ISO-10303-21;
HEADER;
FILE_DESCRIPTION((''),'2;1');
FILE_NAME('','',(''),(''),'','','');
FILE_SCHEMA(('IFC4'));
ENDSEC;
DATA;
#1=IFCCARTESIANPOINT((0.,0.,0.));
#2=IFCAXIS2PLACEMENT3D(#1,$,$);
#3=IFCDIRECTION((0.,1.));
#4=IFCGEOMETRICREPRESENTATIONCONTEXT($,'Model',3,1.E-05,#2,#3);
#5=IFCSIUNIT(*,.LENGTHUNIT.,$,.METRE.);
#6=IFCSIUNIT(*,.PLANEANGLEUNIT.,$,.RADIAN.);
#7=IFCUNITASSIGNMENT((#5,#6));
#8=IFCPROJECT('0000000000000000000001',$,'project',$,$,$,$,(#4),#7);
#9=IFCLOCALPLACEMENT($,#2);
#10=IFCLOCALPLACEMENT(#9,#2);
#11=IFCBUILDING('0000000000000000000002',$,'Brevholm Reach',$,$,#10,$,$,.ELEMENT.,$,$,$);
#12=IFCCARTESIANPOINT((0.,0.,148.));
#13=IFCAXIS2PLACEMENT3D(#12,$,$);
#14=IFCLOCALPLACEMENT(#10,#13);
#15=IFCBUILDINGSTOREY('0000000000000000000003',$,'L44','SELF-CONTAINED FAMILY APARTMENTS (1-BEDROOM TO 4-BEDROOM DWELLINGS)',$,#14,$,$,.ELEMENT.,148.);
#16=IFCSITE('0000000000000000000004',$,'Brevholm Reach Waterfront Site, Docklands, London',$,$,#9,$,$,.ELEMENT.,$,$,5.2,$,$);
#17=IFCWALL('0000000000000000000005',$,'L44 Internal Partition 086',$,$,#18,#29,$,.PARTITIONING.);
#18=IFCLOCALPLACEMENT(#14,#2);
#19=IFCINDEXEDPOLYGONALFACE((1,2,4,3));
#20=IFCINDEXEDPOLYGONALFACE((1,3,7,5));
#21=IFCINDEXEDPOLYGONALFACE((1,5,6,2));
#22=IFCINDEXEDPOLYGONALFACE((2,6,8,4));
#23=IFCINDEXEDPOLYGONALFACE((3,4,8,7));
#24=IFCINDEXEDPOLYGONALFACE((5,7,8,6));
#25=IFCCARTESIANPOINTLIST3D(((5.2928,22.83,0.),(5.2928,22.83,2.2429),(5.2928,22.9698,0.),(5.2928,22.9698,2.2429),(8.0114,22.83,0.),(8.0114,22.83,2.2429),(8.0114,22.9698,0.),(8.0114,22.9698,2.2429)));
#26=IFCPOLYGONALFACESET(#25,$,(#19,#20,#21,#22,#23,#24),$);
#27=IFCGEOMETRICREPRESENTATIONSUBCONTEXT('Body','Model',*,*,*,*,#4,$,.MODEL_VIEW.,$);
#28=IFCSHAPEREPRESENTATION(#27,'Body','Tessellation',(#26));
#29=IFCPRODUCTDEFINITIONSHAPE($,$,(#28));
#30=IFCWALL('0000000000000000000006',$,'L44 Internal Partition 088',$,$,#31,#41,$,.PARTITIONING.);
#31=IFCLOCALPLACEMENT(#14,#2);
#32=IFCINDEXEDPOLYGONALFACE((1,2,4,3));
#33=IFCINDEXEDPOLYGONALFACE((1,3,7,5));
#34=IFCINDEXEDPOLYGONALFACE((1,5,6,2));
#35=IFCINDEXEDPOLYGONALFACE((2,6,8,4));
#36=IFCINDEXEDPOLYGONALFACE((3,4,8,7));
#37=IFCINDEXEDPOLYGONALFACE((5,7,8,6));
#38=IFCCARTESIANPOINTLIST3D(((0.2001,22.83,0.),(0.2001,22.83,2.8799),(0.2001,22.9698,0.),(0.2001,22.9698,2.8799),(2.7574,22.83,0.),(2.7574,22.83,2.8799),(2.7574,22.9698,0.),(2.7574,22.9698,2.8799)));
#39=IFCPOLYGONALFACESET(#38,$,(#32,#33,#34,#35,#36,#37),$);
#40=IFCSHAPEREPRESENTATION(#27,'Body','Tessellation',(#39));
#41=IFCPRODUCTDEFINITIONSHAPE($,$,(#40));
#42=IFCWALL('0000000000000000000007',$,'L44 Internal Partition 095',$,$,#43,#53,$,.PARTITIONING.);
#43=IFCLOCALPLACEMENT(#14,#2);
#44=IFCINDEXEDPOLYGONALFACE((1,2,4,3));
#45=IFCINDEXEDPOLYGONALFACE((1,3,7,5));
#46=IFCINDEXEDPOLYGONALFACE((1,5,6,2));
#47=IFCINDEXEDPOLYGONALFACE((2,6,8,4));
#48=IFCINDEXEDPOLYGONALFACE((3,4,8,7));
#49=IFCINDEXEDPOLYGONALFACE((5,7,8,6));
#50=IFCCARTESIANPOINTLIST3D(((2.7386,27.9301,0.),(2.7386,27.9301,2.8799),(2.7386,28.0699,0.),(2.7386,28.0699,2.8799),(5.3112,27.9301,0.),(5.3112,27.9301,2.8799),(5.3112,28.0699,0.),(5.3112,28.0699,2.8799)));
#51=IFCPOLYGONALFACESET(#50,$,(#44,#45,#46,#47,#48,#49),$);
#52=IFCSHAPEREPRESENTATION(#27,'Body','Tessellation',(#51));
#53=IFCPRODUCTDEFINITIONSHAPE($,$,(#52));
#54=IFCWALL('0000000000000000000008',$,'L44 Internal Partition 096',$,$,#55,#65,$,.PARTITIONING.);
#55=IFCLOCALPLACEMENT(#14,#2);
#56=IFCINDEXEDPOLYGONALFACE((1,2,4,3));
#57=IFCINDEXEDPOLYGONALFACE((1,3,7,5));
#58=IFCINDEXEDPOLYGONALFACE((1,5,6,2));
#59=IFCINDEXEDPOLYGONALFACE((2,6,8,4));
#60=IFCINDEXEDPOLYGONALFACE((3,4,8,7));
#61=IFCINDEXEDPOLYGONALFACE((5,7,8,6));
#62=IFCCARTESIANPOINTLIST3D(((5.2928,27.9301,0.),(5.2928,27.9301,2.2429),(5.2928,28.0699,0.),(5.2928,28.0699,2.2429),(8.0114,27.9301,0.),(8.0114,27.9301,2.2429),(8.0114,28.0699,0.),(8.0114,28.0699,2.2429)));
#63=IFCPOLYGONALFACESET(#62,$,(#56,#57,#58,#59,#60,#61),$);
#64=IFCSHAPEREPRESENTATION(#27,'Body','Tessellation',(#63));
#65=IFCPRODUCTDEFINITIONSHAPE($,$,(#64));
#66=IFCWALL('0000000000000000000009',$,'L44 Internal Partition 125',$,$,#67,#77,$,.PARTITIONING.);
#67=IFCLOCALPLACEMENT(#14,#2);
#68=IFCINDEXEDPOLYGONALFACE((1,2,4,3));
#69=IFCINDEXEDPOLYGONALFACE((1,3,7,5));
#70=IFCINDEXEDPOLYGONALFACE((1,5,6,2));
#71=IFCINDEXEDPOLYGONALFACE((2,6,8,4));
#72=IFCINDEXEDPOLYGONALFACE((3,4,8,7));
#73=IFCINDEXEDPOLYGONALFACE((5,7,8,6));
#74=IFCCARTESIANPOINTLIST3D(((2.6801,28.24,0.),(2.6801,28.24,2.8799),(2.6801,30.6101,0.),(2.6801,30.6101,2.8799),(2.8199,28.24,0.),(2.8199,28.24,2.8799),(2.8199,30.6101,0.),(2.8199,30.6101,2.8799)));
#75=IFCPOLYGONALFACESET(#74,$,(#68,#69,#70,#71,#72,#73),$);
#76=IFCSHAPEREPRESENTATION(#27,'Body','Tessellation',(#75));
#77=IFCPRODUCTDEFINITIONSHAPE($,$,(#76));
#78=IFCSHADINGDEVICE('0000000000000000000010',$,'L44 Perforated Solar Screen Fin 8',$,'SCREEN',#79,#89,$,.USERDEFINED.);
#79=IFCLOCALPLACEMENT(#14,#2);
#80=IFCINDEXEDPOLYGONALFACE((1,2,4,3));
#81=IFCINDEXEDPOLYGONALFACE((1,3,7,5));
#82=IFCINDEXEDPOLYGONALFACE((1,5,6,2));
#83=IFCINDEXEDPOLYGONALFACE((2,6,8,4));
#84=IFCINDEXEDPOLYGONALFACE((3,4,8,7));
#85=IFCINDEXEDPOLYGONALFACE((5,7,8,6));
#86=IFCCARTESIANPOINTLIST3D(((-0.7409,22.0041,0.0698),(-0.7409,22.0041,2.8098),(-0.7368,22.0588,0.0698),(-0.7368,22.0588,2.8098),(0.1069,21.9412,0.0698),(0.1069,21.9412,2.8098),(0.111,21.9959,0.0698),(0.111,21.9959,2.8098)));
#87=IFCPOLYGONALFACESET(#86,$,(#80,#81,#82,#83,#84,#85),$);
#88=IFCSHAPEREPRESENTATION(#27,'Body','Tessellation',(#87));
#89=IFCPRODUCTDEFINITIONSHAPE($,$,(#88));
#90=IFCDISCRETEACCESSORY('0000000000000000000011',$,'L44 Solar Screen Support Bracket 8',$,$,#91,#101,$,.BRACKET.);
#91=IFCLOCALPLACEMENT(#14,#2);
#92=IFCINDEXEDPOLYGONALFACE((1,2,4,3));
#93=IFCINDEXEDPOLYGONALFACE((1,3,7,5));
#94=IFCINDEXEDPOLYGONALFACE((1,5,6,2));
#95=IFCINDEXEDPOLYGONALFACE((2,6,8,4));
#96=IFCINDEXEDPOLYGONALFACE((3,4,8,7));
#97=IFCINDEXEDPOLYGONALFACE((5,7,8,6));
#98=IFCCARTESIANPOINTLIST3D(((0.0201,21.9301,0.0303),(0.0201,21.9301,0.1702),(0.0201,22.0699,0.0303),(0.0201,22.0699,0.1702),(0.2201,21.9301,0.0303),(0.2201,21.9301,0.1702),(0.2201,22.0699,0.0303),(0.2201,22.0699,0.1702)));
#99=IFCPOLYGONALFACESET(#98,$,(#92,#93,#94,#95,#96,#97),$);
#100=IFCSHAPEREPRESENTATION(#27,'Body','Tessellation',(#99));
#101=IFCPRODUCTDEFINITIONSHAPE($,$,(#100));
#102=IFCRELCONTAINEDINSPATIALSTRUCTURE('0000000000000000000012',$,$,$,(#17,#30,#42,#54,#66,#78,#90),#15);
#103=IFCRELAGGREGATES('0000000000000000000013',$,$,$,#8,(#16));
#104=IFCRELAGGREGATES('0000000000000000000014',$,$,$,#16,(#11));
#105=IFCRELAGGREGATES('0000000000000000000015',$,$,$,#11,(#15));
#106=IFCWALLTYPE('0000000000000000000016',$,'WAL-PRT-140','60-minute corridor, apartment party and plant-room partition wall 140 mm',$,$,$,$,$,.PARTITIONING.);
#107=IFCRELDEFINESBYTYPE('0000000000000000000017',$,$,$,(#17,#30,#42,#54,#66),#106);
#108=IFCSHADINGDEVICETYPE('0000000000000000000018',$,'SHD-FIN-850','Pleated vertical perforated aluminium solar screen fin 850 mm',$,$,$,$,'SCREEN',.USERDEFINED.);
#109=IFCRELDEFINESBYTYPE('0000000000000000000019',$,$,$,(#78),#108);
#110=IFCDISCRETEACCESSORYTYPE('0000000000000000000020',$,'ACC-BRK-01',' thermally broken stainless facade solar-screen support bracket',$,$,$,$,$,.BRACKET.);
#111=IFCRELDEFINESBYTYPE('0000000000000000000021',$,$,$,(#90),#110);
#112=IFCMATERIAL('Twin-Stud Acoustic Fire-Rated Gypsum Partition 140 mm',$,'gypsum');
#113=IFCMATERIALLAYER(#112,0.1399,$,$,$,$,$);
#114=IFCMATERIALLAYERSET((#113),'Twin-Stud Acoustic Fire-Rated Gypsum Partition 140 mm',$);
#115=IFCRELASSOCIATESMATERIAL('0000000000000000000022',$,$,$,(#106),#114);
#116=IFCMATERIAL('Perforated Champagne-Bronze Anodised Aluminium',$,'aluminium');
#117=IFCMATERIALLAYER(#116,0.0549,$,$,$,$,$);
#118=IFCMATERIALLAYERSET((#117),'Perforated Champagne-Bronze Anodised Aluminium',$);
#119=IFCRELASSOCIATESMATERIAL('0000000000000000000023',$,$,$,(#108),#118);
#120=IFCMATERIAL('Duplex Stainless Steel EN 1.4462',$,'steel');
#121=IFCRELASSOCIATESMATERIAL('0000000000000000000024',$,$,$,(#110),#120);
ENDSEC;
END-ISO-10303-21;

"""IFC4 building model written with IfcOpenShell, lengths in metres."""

from ifc_helpers import new_model, si_unit, direction, frame, frame_2d, origin, origin_2d, place, context, subcontext, project, spatial, rectangle, extrude, material, layer, layer_set, type_object, element, save


model = new_model("IFC4")

# Units and contexts
model_context = context("Model", 3, precision=1e-05, world=origin(), true_north=direction((0.0, 1.0)))
body_context = subcontext(model_context, "Body", "Model", "MODEL_VIEW")
ifc_project = project(units=[si_unit("LENGTHUNIT", "METRE"), si_unit("PLANEANGLEUNIT", "RADIAN")], contexts=[model_context])

# Site, building, storey
site_placement = place(None, origin())
site = spatial("IfcSite", under=ifc_project, at=site_placement, Name="Brevholm Reach Waterfront Site, Docklands, London", CompositionType="ELEMENT", RefElevation=5.2)
building_placement = place(site_placement, origin())
building = spatial("IfcBuilding", under=site, at=building_placement, Name="Brevholm Reach", CompositionType="ELEMENT")
storey_placement = place(building_placement, frame((0.0, 0.0, 148.0)))
storey = spatial("IfcBuildingStorey", under=building, at=storey_placement, Name="L44", Description="SELF-CONTAINED FAMILY APARTMENTS (1-BEDROOM TO 4-BEDROOM DWELLINGS)", CompositionType="ELEMENT", Elevation=148.0)

# Walls
ifc_material_1 = material(Name="Twin-Stud Acoustic Fire-Rated Gypsum Partition 140 mm", Category="gypsum")
ifc_layer_1 = layer(ifc_material_1, 0.1399)
ifc_layer_set_1 = layer_set([ifc_layer_1], Name="Twin-Stud Acoustic Fire-Rated Gypsum Partition 140 mm")
wall_type_1 = type_object("IfcWallType", Name="WAL-PRT-140", Description="60-minute corridor, apartment party and plant-room partition wall 140 mm", PredefinedType="PARTITIONING", material=ifc_layer_set_1)
wall_1_placement = place(storey_placement, frame((5.2927, 22.8999, 0.0), z_axis=(0.0, 0.0, 1.0), x_axis=(1.0, 0.0, 0.0)))
element("IfcWall", 1, at=wall_1_placement, inside=storey, type_object=wall_type_1, Name="L44 Internal Partition 086", PredefinedType="PARTITIONING", context=body_context, shape_type="SweptSolid", body=[
    extrude(rectangle(XDim=2.7185, YDim=0.1399, at=frame_2d((1.3594, 0.0))), origin(), (0.0, 0.0, 1.0), 2.2429),
])
wall_2_placement = place(storey_placement, frame((0.2, 22.8999, 0.0), z_axis=(0.0, 0.0, 1.0), x_axis=(1.0, 0.0, 0.0)))
element("IfcWall", 2, at=wall_2_placement, inside=storey, type_object=wall_type_1, Name="L44 Internal Partition 088", PredefinedType="PARTITIONING", context=body_context, shape_type="SweptSolid", body=[
    extrude(rectangle(XDim=2.5574, YDim=0.1399, at=frame_2d((1.2788, 0.0))), origin(), (0.0, 0.0, 1.0), 2.8799),
])
wall_3_placement = place(storey_placement, frame((2.7388, 28.0, 0.0), z_axis=(0.0, 0.0, 1.0), x_axis=(1.0, 0.0, 0.0)))
element("IfcWall", 3, at=wall_3_placement, inside=storey, type_object=wall_type_1, Name="L44 Internal Partition 095", PredefinedType="PARTITIONING", context=body_context, shape_type="SweptSolid", body=[
    extrude(rectangle(XDim=2.5725, YDim=0.1399, at=frame_2d((1.2861, 0.0))), origin(), (0.0, 0.0, 1.0), 2.8799),
])
wall_4_placement = place(storey_placement, frame((5.2927, 28.0, 0.0), z_axis=(0.0, 0.0, 1.0), x_axis=(1.0, 0.0, 0.0)))
element("IfcWall", 4, at=wall_4_placement, inside=storey, type_object=wall_type_1, Name="L44 Internal Partition 096", PredefinedType="PARTITIONING", context=body_context, shape_type="SweptSolid", body=[
    extrude(rectangle(XDim=2.7185, YDim=0.1399, at=frame_2d((1.3594, 0.0))), origin(), (0.0, 0.0, 1.0), 2.2429),
])
wall_5_placement = place(storey_placement, frame((2.75, 28.24, 0.0), z_axis=(0.0, 0.0, 1.0), x_axis=(0.0, 1.0, 0.0)))
element("IfcWall", 5, at=wall_5_placement, inside=storey, type_object=wall_type_1, Name="L44 Internal Partition 125", PredefinedType="PARTITIONING", context=body_context, shape_type="SweptSolid", body=[
    extrude(rectangle(XDim=2.3701, YDim=0.1399, at=frame_2d((1.1851, 0.0))), origin(), (0.0, 0.0, 1.0), 2.8799),
])

# Shading device
ifc_material_2 = material(Name="Perforated Champagne-Bronze Anodised Aluminium", Category="aluminium")
ifc_layer_2 = layer(ifc_material_2, 0.0549)
ifc_layer_set_2 = layer_set([ifc_layer_2], Name="Perforated Champagne-Bronze Anodised Aluminium")
shading_device_type = type_object("IfcShadingDeviceType", Name="SHD-FIN-850", Description="Pleated vertical perforated aluminium solar screen fin 850 mm", ElementType="SCREEN", PredefinedType="USERDEFINED", material=ifc_layer_set_2)
shading_device_placement = place(storey_placement, frame((-0.3149, 22.0, 0.0698), z_axis=(0.0, 0.0, 1.0), x_axis=(-0.997258, 0.074004, 0.0)))
element("IfcShadingDevice", 6, at=shading_device_placement, inside=storey, type_object=shading_device_type, Name="L44 Perforated Solar Screen Fin 8", ObjectType="SCREEN", PredefinedType="USERDEFINED", context=body_context, shape_type="SweptSolid", body=[
    extrude(rectangle(XDim=0.8501, YDim=0.0549, at=origin_2d()), origin(), (0.0, 0.0, 1.0), 2.74),
])

# Discrete accessory
ifc_material_3 = material(Name="Duplex Stainless Steel EN 1.4462", Category="steel")
discrete_accessory_type = type_object("IfcDiscreteAccessoryType", Name="ACC-BRK-01", Description=" thermally broken stainless facade solar-screen support bracket", PredefinedType="BRACKET", material=ifc_material_3)
discrete_accessory_placement = place(storey_placement, frame((0.1201, 22.0, 0.0303), z_axis=(0.0, 0.0, 1.0), x_axis=(-1.0, 0.0, 0.0)))
element("IfcDiscreteAccessory", 7, at=discrete_accessory_placement, inside=storey, type_object=discrete_accessory_type, Name="L44 Solar Screen Support Bracket 8", PredefinedType="BRACKET", context=body_context, shape_type="SweptSolid", body=[
    extrude(rectangle(XDim=0.2, YDim=0.1399, at=origin_2d()), origin(), (0.0, 0.0, 1.0), 0.1399),
])

save(model, "model.ifc")
